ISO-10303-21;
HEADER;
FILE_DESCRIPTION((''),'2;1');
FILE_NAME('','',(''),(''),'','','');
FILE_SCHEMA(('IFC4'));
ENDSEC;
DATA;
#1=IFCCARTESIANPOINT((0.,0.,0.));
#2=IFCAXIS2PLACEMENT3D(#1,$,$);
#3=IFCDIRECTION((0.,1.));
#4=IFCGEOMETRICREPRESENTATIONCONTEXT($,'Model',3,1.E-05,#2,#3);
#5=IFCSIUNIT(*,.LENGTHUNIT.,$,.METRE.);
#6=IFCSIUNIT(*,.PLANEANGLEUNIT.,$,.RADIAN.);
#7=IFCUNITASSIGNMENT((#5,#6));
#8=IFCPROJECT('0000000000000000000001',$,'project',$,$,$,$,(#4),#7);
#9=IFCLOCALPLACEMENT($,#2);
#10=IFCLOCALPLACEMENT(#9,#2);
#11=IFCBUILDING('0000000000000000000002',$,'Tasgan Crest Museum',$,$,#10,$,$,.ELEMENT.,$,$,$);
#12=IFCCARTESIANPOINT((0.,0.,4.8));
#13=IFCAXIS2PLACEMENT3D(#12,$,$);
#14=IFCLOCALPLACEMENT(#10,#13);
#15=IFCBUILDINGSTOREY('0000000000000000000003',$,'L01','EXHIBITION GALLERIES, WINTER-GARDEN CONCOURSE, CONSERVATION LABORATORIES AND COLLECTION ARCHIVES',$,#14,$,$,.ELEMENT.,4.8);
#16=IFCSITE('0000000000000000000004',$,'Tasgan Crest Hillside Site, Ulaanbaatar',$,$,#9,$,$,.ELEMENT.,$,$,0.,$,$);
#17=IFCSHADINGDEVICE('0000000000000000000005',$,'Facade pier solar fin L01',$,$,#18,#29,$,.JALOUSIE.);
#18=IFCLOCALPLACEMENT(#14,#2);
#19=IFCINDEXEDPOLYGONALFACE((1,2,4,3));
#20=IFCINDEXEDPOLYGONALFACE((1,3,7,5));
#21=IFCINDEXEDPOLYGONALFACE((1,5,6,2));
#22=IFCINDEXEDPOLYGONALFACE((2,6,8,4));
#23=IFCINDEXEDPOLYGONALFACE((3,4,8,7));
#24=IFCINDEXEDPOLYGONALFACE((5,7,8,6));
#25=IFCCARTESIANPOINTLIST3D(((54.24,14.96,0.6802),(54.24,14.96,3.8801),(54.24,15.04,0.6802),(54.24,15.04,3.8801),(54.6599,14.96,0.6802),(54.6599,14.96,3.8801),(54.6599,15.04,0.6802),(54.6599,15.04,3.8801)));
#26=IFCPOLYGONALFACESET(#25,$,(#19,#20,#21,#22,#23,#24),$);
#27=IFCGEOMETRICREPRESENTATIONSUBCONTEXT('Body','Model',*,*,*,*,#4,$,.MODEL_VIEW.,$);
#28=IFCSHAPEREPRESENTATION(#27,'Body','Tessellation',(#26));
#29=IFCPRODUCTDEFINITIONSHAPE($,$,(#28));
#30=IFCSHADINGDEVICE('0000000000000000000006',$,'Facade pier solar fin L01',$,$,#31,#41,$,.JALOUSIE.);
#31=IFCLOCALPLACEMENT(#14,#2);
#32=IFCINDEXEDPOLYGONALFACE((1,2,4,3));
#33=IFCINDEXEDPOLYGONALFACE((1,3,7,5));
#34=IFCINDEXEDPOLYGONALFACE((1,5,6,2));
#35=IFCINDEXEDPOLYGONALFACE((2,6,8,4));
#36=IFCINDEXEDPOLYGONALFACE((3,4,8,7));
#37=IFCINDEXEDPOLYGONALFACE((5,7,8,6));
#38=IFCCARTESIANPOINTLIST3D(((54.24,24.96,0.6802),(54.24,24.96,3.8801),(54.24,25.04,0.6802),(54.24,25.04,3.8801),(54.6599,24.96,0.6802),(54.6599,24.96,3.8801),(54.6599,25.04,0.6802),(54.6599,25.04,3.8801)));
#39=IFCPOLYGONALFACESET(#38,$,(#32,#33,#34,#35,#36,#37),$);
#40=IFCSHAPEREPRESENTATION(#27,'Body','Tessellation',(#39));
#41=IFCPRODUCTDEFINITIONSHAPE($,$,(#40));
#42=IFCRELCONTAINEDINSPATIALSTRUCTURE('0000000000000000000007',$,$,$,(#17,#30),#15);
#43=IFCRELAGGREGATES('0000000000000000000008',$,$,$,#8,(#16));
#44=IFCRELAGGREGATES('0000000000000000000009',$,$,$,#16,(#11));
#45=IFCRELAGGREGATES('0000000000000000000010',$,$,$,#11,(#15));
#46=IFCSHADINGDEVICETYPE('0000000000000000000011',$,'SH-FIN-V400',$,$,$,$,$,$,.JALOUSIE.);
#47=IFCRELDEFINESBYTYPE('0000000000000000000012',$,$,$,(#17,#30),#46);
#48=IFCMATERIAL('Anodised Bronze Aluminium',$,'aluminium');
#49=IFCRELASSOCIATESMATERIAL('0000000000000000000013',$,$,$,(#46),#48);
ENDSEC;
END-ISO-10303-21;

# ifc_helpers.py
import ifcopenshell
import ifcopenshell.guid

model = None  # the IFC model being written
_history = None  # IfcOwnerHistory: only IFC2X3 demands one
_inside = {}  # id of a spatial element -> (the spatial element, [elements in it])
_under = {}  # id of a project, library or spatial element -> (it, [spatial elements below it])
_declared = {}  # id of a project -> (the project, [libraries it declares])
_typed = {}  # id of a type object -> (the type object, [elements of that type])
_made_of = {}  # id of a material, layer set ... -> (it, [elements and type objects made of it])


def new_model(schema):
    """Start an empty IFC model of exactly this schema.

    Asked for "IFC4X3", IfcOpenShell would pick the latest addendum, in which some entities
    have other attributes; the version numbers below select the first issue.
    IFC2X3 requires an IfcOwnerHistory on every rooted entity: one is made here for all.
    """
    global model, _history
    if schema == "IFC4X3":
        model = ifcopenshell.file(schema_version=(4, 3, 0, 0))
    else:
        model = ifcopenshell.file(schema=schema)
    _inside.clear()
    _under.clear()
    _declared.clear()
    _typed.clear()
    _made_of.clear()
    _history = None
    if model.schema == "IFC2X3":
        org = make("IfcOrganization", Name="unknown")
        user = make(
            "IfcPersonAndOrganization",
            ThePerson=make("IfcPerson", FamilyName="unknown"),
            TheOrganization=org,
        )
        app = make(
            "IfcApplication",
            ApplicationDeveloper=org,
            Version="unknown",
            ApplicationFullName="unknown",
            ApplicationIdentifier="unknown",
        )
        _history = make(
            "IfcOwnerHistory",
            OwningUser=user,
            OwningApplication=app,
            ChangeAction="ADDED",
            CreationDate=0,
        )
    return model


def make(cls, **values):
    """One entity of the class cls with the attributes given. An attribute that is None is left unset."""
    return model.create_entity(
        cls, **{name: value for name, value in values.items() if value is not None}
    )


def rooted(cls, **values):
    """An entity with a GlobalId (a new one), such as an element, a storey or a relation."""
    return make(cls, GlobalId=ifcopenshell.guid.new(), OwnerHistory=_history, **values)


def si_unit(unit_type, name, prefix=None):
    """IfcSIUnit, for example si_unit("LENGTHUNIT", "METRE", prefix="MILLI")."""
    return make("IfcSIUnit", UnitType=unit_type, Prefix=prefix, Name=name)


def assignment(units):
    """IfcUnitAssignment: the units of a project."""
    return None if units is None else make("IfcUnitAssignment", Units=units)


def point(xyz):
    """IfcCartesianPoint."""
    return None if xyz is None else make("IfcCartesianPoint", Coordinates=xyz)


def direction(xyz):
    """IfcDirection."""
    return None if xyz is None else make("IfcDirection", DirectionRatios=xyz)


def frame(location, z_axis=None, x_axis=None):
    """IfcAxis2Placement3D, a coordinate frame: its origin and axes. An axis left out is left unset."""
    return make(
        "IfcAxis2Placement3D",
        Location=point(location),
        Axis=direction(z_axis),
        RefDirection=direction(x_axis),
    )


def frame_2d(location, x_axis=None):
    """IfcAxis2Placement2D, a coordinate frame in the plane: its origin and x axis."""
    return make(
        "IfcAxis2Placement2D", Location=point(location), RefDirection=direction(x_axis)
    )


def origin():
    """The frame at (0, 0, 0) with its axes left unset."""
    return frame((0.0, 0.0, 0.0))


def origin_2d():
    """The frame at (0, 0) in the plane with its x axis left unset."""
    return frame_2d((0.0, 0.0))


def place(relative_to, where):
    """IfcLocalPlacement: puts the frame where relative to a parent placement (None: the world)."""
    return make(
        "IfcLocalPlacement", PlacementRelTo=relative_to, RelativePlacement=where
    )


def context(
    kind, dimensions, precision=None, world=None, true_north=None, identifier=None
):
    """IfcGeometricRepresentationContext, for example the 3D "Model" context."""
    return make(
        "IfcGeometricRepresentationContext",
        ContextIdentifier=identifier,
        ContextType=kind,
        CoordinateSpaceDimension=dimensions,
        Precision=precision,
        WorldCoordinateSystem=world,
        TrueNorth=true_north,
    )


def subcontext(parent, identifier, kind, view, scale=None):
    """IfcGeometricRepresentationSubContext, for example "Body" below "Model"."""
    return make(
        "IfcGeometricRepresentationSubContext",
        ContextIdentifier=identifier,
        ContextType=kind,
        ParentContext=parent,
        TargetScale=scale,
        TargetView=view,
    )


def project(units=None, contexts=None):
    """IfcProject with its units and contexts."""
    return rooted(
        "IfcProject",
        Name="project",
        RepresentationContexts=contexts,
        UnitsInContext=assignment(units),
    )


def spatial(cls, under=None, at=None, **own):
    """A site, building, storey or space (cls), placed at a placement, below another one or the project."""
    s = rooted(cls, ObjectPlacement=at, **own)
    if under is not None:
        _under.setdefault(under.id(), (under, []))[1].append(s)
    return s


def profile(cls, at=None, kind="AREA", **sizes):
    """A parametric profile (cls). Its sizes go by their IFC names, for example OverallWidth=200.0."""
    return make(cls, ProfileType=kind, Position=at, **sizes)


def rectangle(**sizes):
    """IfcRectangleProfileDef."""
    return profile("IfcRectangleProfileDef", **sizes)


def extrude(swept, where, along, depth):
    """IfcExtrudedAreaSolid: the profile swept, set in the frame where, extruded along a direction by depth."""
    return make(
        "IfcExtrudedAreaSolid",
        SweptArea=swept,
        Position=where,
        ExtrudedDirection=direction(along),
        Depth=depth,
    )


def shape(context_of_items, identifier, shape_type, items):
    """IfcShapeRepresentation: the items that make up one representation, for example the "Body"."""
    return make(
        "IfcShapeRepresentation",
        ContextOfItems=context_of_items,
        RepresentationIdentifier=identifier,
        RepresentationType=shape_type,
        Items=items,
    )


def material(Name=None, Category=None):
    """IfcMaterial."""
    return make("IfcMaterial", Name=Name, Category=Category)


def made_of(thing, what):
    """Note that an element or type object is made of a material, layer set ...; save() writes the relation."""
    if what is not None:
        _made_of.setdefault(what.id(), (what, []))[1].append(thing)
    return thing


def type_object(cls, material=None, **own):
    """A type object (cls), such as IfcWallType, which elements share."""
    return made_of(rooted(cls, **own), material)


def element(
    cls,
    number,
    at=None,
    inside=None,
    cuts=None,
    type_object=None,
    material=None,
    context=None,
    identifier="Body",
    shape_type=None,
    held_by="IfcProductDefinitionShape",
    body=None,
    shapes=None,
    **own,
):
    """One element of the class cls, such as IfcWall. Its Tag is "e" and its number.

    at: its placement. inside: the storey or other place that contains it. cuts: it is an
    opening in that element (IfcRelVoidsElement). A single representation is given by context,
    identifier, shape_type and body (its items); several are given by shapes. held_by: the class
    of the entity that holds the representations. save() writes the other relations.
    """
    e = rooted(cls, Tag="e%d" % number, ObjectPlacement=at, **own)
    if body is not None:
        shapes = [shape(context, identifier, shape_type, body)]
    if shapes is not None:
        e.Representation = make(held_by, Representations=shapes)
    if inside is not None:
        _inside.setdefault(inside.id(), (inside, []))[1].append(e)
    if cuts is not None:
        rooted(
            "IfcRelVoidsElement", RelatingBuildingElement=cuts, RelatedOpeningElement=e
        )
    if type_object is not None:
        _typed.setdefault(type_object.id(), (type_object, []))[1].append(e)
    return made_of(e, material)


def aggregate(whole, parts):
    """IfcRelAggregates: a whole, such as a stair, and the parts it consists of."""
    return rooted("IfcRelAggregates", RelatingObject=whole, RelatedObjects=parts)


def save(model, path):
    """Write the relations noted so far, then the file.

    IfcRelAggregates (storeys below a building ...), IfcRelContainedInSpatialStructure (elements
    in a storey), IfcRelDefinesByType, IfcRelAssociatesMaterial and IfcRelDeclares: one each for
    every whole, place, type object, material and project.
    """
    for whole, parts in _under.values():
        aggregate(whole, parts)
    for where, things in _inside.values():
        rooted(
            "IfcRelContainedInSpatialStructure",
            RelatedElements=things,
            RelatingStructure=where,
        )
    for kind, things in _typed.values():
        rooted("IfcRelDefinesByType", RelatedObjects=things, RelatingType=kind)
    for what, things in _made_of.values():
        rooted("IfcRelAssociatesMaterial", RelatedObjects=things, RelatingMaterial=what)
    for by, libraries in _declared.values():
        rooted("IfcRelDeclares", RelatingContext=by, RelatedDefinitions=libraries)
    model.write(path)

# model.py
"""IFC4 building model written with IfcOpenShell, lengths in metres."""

from ifc_helpers import new_model, si_unit, direction, frame, origin, origin_2d, place, context, subcontext, project, spatial, rectangle, extrude, material, type_object, element, save


model = new_model("IFC4")

# Units and contexts
model_context = context("Model", 3, precision=1e-05, world=origin(), true_north=direction((0.0, 1.0)))
body_context = subcontext(model_context, "Body", "Model", "MODEL_VIEW")
ifc_project = project(units=[si_unit("LENGTHUNIT", "METRE"), si_unit("PLANEANGLEUNIT", "RADIAN")], contexts=[model_context])

# Site, building, storey
site_placement = place(None, origin())
site = spatial("IfcSite", under=ifc_project, at=site_placement, Name="Tasgan Crest Hillside Site, Ulaanbaatar", CompositionType="ELEMENT", RefElevation=0.0)
building_placement = place(site_placement, origin())
building = spatial("IfcBuilding", under=site, at=building_placement, Name="Tasgan Crest Museum", CompositionType="ELEMENT")
storey_placement = place(building_placement, frame((0.0, 0.0, 4.8)))
storey = spatial("IfcBuildingStorey", under=building, at=storey_placement, Name="L01", Description="EXHIBITION GALLERIES, WINTER-GARDEN CONCOURSE, CONSERVATION LABORATORIES AND COLLECTION ARCHIVES", CompositionType="ELEMENT", Elevation=4.8)

# Shading devices
ifc_material_1 = material(Name="Anodised Bronze Aluminium", Category="aluminium")
shading_device_type = type_object("IfcShadingDeviceType", Name="SH-FIN-V400", PredefinedType="JALOUSIE", material=ifc_material_1)
for number, where, z_axis, x_axis, name in (
    (1, (54.45, 15.0, 0.6802), (0.0, 0.0, 1.0), (0.0, 1.0, 0.0), "Facade pier solar fin L01"),
    (2, (54.45, 25.0, 0.6802), (0.0, 0.0, 1.0), (0.0, 1.0, 0.0), "Facade pier solar fin L01"),
):
    element("IfcShadingDevice", number, at=place(storey_placement, frame(where, z_axis=z_axis, x_axis=x_axis)), inside=storey, type_object=shading_device_type, Name=name, PredefinedType="JALOUSIE", context=body_context, shape_type="SweptSolid", body=[
        extrude(rectangle(XDim=0.0801, YDim=0.4199, at=origin_2d()), origin(), (0.0, 0.0, 1.0), 3.2),
    ])

save(model, "model.ifc")
